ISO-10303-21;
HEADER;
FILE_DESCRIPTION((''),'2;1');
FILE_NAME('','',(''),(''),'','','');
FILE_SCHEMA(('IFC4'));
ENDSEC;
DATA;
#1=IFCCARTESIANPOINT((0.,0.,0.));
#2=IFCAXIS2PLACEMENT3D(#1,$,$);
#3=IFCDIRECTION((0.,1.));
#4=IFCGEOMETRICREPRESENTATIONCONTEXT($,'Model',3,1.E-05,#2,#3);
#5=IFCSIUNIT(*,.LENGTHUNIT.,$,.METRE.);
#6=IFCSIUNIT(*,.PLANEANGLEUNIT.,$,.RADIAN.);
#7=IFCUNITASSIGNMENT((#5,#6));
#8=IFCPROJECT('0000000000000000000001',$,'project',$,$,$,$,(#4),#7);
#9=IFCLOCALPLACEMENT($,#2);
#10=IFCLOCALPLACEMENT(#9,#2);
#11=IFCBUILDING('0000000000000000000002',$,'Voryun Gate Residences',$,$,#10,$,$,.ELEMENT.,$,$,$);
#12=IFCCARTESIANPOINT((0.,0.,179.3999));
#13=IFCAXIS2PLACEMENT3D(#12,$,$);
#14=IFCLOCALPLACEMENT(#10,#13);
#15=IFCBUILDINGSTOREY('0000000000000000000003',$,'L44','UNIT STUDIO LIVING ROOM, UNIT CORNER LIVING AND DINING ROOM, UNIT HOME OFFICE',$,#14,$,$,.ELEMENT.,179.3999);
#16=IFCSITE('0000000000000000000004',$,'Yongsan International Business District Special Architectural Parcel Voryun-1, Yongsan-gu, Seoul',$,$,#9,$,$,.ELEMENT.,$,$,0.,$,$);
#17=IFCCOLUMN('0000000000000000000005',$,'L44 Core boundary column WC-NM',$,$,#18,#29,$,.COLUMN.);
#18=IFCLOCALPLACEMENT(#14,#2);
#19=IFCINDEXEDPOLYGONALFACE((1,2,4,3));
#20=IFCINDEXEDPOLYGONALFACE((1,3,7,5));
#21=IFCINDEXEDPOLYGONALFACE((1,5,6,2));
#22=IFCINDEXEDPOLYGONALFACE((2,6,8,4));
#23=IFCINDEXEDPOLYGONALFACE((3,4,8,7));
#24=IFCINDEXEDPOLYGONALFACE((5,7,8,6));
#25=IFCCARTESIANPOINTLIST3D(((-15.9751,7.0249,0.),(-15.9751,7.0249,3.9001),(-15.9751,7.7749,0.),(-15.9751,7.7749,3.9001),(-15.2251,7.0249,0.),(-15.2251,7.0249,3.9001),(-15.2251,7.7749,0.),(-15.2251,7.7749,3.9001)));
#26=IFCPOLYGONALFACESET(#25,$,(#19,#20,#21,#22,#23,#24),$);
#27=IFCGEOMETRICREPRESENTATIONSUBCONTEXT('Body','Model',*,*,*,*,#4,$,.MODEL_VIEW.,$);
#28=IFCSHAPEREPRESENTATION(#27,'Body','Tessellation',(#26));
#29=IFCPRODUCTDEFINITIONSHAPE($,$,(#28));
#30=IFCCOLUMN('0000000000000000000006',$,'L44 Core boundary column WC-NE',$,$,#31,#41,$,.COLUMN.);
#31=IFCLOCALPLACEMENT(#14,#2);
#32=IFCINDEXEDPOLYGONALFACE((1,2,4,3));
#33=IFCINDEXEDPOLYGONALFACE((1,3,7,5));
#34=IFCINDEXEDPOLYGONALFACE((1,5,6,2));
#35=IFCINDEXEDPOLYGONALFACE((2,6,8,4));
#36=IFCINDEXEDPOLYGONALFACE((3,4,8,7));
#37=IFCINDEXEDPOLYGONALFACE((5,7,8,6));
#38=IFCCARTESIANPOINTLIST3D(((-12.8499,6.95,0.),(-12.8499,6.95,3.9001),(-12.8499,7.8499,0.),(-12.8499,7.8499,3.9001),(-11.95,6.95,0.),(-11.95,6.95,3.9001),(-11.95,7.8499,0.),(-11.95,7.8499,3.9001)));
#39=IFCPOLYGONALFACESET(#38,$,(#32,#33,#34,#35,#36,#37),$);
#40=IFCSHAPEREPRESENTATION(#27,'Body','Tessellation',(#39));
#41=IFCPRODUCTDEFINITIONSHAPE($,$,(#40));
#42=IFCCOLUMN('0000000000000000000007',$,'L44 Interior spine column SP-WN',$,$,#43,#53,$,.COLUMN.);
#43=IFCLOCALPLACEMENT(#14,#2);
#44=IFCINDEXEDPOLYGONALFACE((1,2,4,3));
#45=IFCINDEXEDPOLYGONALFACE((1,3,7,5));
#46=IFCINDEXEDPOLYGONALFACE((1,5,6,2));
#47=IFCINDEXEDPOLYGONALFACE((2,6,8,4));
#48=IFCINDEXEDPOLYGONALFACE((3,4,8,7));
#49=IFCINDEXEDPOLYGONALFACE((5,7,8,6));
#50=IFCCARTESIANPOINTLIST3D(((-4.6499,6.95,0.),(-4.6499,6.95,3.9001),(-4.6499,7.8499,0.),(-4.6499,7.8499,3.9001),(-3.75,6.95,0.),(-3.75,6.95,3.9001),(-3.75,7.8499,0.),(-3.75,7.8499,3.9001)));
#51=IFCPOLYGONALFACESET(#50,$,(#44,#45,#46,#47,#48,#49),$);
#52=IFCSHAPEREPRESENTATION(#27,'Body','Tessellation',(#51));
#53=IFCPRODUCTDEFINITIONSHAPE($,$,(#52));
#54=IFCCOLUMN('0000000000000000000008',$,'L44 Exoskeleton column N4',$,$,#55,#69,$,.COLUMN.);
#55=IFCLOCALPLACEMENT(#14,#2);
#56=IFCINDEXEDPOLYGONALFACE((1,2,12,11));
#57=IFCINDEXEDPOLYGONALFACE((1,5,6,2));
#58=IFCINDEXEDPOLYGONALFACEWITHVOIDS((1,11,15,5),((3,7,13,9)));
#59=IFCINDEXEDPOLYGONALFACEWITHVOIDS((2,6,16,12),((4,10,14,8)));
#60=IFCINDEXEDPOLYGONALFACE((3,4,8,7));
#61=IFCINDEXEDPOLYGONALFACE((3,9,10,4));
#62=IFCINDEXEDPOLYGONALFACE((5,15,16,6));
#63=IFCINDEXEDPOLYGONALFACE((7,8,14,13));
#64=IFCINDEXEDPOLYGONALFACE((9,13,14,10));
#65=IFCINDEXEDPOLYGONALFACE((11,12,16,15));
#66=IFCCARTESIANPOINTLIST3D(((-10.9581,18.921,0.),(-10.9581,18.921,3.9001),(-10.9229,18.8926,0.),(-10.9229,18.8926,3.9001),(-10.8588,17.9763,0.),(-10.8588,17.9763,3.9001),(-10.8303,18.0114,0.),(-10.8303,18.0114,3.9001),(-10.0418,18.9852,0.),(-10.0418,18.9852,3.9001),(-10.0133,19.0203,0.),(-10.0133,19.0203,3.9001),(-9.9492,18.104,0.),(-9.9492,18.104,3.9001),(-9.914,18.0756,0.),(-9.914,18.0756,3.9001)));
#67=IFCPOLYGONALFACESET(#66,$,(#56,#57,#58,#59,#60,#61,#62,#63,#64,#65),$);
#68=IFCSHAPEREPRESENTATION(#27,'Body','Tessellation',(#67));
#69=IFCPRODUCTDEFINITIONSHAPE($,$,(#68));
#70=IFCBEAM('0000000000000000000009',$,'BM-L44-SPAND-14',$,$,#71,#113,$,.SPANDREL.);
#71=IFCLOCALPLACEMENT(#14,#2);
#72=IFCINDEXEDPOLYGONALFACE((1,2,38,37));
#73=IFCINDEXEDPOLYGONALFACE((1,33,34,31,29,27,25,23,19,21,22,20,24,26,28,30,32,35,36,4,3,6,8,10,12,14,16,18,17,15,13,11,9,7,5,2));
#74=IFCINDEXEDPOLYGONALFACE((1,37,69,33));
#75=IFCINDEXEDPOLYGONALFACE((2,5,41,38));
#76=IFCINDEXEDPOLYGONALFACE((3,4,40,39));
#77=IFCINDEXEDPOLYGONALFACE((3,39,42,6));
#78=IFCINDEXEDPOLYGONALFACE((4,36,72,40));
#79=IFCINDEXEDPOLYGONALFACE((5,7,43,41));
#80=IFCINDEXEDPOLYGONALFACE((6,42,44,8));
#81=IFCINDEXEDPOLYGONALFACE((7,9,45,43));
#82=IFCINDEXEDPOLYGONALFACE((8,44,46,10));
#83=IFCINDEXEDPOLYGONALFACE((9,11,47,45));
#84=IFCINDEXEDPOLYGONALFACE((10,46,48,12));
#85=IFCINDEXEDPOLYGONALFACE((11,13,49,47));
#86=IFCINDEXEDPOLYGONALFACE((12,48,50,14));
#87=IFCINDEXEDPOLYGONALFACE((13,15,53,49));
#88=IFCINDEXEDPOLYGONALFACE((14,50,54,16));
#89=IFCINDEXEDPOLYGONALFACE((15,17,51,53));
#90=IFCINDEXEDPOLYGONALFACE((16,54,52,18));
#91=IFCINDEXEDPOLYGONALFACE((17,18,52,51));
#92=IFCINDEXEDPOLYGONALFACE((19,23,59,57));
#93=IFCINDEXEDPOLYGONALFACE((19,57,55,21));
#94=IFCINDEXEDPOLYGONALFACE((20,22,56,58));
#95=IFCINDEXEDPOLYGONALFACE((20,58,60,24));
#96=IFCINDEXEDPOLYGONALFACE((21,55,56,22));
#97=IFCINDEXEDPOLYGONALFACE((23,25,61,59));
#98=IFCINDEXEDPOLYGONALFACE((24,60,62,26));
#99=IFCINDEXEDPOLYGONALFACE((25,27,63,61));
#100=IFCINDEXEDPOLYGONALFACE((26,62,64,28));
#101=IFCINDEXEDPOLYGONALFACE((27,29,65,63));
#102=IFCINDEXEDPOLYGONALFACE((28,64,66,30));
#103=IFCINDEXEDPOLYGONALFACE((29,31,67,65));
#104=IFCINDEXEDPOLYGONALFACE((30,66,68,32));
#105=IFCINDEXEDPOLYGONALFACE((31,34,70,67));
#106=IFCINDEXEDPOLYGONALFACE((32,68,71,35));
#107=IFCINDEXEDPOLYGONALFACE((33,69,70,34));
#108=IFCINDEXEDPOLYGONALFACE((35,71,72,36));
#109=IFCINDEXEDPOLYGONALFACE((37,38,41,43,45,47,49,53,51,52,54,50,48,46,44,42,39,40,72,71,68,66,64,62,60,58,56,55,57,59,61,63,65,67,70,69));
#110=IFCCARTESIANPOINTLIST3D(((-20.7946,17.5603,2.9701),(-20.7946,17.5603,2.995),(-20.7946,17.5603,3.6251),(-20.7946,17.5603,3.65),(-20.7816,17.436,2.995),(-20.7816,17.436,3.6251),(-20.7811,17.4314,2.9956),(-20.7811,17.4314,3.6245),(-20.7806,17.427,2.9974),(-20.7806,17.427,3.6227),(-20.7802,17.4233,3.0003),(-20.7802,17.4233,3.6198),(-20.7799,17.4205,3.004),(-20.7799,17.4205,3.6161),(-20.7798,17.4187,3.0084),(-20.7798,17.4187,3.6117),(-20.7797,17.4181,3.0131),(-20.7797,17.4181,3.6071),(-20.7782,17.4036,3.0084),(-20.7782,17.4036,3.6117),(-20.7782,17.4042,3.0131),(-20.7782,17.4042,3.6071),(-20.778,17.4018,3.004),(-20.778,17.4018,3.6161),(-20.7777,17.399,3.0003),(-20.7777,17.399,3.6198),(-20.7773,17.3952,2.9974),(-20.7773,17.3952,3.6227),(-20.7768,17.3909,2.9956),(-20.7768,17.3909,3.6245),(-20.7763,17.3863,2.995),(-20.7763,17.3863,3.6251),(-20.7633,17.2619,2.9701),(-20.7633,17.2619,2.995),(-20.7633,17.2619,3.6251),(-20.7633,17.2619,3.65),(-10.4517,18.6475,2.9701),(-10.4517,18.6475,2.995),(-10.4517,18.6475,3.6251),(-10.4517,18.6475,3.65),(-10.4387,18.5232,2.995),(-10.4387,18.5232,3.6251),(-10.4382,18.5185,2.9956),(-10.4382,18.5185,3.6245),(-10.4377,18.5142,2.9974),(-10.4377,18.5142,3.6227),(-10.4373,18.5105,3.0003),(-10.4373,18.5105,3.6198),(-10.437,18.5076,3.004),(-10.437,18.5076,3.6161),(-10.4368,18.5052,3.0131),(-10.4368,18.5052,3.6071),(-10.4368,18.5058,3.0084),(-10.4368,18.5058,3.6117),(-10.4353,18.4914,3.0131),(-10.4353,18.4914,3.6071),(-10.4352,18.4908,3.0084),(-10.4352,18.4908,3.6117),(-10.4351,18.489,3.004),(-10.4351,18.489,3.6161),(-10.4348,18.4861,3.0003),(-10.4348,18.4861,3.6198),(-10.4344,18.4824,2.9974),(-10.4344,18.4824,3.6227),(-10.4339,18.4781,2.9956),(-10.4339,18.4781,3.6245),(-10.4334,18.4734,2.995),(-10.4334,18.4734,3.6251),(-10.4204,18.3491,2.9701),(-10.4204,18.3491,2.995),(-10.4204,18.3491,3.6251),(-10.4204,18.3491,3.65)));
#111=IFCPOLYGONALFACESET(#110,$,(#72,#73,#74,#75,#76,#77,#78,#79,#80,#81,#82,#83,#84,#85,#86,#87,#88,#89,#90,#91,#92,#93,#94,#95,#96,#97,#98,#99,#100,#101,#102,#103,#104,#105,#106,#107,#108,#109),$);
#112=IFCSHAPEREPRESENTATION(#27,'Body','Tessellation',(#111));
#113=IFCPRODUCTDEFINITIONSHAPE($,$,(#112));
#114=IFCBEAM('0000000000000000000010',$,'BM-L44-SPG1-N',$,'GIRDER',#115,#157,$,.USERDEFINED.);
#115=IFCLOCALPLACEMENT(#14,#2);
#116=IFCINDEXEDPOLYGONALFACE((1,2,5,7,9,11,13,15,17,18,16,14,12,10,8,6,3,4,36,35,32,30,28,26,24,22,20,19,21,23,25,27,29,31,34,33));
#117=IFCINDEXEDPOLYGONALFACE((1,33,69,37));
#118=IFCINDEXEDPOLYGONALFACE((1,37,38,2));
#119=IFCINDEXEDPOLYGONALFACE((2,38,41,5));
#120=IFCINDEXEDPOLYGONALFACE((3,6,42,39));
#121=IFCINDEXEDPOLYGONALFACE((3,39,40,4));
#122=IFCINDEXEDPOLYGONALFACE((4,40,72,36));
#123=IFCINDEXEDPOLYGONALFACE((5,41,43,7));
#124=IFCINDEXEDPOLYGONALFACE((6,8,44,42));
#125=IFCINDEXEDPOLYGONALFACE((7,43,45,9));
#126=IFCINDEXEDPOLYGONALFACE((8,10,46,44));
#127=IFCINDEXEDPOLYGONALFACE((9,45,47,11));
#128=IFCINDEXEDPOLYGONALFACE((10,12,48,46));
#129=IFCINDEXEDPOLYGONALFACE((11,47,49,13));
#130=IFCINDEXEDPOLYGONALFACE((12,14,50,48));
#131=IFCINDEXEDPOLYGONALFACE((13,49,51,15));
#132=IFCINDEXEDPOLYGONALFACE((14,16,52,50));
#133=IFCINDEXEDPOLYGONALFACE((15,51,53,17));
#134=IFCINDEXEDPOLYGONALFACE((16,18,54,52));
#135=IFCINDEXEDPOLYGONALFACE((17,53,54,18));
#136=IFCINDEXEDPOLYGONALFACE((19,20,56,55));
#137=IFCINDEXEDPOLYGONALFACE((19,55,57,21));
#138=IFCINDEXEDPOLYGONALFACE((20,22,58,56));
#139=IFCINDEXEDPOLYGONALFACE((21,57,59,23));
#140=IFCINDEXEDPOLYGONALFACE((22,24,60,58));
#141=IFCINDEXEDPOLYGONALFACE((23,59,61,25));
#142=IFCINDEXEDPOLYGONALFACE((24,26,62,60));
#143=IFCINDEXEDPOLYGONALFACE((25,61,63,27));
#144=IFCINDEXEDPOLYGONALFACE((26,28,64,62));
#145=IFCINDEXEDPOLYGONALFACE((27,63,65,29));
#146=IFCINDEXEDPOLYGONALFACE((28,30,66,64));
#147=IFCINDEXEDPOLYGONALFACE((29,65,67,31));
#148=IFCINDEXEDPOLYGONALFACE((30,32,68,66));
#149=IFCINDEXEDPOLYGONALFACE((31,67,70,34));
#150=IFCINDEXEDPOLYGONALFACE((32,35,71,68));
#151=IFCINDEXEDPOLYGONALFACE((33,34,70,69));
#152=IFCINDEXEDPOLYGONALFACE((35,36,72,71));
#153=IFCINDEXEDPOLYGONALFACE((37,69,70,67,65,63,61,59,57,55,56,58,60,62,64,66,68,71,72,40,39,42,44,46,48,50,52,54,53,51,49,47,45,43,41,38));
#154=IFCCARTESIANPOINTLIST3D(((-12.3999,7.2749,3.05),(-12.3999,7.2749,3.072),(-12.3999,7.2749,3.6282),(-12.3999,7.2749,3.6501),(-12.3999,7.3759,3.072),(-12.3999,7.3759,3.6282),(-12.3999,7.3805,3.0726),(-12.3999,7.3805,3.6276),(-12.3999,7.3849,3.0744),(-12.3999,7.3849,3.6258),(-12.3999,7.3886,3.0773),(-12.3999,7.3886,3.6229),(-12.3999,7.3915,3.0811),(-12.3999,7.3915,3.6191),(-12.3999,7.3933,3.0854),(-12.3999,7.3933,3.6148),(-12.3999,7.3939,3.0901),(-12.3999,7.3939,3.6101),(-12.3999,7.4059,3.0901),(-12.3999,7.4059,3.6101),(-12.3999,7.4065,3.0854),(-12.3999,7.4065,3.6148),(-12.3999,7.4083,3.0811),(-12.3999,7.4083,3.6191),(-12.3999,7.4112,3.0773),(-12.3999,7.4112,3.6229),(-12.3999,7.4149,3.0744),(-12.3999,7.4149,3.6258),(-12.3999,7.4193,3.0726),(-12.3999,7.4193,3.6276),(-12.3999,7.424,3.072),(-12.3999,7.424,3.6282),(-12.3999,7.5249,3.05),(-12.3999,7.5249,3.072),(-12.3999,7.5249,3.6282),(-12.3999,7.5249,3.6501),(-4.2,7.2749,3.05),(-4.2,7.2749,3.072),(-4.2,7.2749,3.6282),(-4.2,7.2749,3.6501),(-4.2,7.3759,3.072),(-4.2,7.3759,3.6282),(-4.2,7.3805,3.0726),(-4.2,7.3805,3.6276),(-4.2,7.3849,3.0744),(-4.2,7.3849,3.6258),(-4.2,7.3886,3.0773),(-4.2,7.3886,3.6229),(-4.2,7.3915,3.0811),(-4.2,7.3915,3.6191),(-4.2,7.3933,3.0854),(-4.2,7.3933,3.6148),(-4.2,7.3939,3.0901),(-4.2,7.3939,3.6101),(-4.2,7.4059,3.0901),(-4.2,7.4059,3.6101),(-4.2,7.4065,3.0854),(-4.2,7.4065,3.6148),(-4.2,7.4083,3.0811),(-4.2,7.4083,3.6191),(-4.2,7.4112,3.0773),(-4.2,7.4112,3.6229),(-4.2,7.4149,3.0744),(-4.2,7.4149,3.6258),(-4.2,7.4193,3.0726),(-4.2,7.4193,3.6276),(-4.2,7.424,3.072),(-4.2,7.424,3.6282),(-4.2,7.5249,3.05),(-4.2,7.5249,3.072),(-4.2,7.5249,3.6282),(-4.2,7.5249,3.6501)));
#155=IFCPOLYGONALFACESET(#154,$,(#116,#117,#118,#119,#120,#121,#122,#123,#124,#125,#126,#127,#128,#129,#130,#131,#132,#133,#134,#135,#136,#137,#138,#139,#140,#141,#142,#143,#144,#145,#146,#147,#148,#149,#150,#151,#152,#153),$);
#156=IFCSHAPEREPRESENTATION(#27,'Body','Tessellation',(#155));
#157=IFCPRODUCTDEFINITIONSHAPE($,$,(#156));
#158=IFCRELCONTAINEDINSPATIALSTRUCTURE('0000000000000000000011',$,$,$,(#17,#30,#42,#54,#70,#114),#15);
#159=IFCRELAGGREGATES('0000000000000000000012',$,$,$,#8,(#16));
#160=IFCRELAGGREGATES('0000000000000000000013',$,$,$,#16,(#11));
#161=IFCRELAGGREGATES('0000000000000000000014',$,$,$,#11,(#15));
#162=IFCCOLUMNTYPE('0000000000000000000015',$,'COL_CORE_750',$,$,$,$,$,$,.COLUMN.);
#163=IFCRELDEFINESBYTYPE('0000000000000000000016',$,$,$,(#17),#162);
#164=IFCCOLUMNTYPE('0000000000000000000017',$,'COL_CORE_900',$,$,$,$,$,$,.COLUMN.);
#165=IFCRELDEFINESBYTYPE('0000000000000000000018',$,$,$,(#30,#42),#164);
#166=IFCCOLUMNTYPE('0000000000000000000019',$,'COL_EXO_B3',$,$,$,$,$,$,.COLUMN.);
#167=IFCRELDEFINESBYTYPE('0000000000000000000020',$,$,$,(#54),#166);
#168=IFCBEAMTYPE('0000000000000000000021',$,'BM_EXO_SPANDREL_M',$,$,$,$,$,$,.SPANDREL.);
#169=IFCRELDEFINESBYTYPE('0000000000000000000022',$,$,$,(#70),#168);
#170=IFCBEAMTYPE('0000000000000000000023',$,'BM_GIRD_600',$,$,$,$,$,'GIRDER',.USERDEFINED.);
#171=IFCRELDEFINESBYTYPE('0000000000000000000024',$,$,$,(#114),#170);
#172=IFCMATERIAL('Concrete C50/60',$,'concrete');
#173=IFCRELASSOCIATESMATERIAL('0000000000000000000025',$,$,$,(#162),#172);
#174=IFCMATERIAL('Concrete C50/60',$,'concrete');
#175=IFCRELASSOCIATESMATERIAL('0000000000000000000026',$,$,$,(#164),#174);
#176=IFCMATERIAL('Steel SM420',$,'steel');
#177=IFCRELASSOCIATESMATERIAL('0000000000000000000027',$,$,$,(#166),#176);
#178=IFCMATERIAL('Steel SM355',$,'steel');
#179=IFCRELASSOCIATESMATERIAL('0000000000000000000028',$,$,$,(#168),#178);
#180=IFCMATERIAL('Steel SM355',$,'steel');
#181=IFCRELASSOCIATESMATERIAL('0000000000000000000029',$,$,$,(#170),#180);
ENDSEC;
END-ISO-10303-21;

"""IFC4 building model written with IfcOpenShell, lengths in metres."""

from ifc_helpers import new_model, si_unit, direction, frame, origin, origin_2d, place, context, subcontext, project, spatial, rectangle, hollow_rectangle, i_section, extrude, material, material_profile, profile_set, type_object, element, save


model = new_model("IFC4")

# Units and contexts
model_context = context("Model", 3, precision=1e-05, world=origin(), true_north=direction((0.0, 1.0)))
body_context = subcontext(model_context, "Body", "Model", "MODEL_VIEW")
ifc_project = project(units=[si_unit("LENGTHUNIT", "METRE"), si_unit("PLANEANGLEUNIT", "RADIAN")], contexts=[model_context])

# Site, building, storey
site_placement = place(None, origin())
site = spatial("IfcSite", under=ifc_project, at=site_placement, Name="Yongsan International Business District Special Architectural Parcel Voryun-1, Yongsan-gu, Seoul", CompositionType="ELEMENT", RefElevation=0.0)
building_placement = place(site_placement, origin())
building = spatial("IfcBuilding", under=site, at=building_placement, Name="Voryun Gate Residences", CompositionType="ELEMENT")
storey_placement = place(building_placement, frame((0.0, 0.0, 179.3999)))
storey = spatial("IfcBuildingStorey", under=building, at=storey_placement, Name="L44", Description="UNIT STUDIO LIVING ROOM, UNIT CORNER LIVING AND DINING ROOM, UNIT HOME OFFICE", CompositionType="ELEMENT", Elevation=179.3999)

# Columns
ifc_material_1 = material(Name="Concrete C50/60", Category="concrete")
ifc_material_profile_1 = material_profile(ifc_material_1, rectangle(XDim=0.75, YDim=0.75, at=origin_2d()), Name="RC-750x750")
ifc_profile_set_1 = profile_set([ifc_material_profile_1], Name="Concrete C50/60")
column_type_1 = type_object("IfcColumnType", Name="COL_CORE_750", PredefinedType="COLUMN", material=ifc_profile_set_1)
column_1_placement = place(storey_placement, frame((-15.6001, 7.3999, 0.0), z_axis=(0.0, 0.0, 1.0), x_axis=(1.0, 0.0, 0.0)))
element("IfcColumn", 1, at=column_1_placement, inside=storey, type_object=column_type_1, Name="L44 Core boundary column WC-NM", PredefinedType="COLUMN", context=body_context, shape_type="SweptSolid", body=[
    extrude(rectangle(XDim=0.75, YDim=0.75, at=origin_2d()), origin(), (0.0, 0.0, 1.0), 3.9001),
])
ifc_material_2 = material(Name="Concrete C50/60", Category="concrete")
ifc_material_profile_2 = material_profile(ifc_material_2, rectangle(XDim=0.8999, YDim=0.8999, at=origin_2d()), Name="RC-900x900")
ifc_profile_set_2 = profile_set([ifc_material_profile_2], Name="Concrete C50/60")
column_type_2 = type_object("IfcColumnType", Name="COL_CORE_900", PredefinedType="COLUMN", material=ifc_profile_set_2)
for number, where, z_axis, x_axis, name in (
    (2, (-12.3999, 7.3999, 0.0), (0.0, 0.0, 1.0), (1.0, 0.0, 0.0), "L44 Core boundary column WC-NE"),
    (3, (-4.2, 7.3999, 0.0), (0.0, 0.0, 1.0), (1.0, 0.0, 0.0), "L44 Interior spine column SP-WN"),
):
    element("IfcColumn", number, at=place(storey_placement, frame(where, z_axis=z_axis, x_axis=x_axis)), inside=storey, type_object=column_type_2, Name=name, PredefinedType="COLUMN", context=body_context, shape_type="SweptSolid", body=[
        extrude(rectangle(XDim=0.8999, YDim=0.8999, at=origin_2d()), origin(), (0.0, 0.0, 1.0), 3.9001),
    ])
ifc_material_3 = material(Name="Steel SM420", Category="steel")
ifc_material_profile_3 = material_profile(ifc_material_3, hollow_rectangle(XDim=0.95, YDim=0.95, WallThickness=0.032, at=origin_2d()), Name="BOX-950x950x32")
ifc_profile_set_3 = profile_set([ifc_material_profile_3], Name="Steel SM420")
column_type_3 = type_object("IfcColumnType", Name="COL_EXO_B3", PredefinedType="COLUMN", material=ifc_profile_set_3)
column_2_placement = place(storey_placement, frame((-10.436, 18.4983, 0.0), z_axis=(0.0, 0.0, 1.0), x_axis=(0.994522, 0.104528, 0.0)))
element("IfcColumn", 4, at=column_2_placement, inside=storey, type_object=column_type_3, Name="L44 Exoskeleton column N4", PredefinedType="COLUMN", context=body_context, shape_type="SweptSolid", body=[
    extrude(hollow_rectangle(XDim=0.95, YDim=0.95, WallThickness=0.032, at=origin_2d()), origin(), (0.0, 0.0, 1.0), 3.9001),
])

# Beams
ifc_material_4 = material(Name="Steel SM355", Category="steel")
ifc_material_profile_4 = material_profile(ifc_material_4, i_section(OverallWidth=0.3, OverallDepth=0.6799, WebThickness=0.0139, FlangeThickness=0.0249, FilletRadius=0.0181, at=origin_2d()), Name="H-680x300x14x25")
ifc_profile_set_4 = profile_set([ifc_material_profile_4], Name="Steel SM355")
beam_type_1 = type_object("IfcBeamType", Name="BM_EXO_SPANDREL_M", PredefinedType="SPANDREL", material=ifc_profile_set_4)
beam_1_placement = place(storey_placement, frame((-10.436, 18.4983, 3.3101), z_axis=(-0.994521, -0.104534, 0.0), x_axis=(0.104534, -0.994521, 0.0)))
element("IfcBeam", 5, at=beam_1_placement, inside=storey, type_object=beam_type_1, Name="BM-L44-SPAND-14", PredefinedType="SPANDREL", context=body_context, shape_type="SweptSolid", body=[
    extrude(i_section(OverallWidth=0.3, OverallDepth=0.6799, WebThickness=0.0139, FlangeThickness=0.0249, FilletRadius=0.0181, at=origin_2d()), origin(), (0.0, 0.0, 1.0), 10.3999),
])
ifc_material_5 = material(Name="Steel SM355", Category="steel")
ifc_material_profile_5 = material_profile(ifc_material_5, i_section(OverallWidth=0.25, OverallDepth=0.6001, WebThickness=0.012, FlangeThickness=0.022, FilletRadius=0.0181, at=origin_2d()), Name="H-600x250x12x22")
ifc_profile_set_5 = profile_set([ifc_material_profile_5], Name="Steel SM355")
beam_type_2 = type_object("IfcBeamType", Name="BM_GIRD_600", ElementType="GIRDER", PredefinedType="USERDEFINED", material=ifc_profile_set_5)
beam_2_placement = place(storey_placement, frame((-12.3999, 7.3999, 3.3501), z_axis=(1.0, 0.0, 0.0), x_axis=(0.0, 1.0, 0.0)))
element("IfcBeam", 6, at=beam_2_placement, inside=storey, type_object=beam_type_2, Name="BM-L44-SPG1-N", ObjectType="GIRDER", PredefinedType="USERDEFINED", context=body_context, shape_type="SweptSolid", body=[
    extrude(i_section(OverallWidth=0.25, OverallDepth=0.6001, WebThickness=0.012, FlangeThickness=0.022, FilletRadius=0.0181, at=origin_2d()), origin(), (0.0, 0.0, 1.0), 8.2),
])

save(model, "model.ifc")
